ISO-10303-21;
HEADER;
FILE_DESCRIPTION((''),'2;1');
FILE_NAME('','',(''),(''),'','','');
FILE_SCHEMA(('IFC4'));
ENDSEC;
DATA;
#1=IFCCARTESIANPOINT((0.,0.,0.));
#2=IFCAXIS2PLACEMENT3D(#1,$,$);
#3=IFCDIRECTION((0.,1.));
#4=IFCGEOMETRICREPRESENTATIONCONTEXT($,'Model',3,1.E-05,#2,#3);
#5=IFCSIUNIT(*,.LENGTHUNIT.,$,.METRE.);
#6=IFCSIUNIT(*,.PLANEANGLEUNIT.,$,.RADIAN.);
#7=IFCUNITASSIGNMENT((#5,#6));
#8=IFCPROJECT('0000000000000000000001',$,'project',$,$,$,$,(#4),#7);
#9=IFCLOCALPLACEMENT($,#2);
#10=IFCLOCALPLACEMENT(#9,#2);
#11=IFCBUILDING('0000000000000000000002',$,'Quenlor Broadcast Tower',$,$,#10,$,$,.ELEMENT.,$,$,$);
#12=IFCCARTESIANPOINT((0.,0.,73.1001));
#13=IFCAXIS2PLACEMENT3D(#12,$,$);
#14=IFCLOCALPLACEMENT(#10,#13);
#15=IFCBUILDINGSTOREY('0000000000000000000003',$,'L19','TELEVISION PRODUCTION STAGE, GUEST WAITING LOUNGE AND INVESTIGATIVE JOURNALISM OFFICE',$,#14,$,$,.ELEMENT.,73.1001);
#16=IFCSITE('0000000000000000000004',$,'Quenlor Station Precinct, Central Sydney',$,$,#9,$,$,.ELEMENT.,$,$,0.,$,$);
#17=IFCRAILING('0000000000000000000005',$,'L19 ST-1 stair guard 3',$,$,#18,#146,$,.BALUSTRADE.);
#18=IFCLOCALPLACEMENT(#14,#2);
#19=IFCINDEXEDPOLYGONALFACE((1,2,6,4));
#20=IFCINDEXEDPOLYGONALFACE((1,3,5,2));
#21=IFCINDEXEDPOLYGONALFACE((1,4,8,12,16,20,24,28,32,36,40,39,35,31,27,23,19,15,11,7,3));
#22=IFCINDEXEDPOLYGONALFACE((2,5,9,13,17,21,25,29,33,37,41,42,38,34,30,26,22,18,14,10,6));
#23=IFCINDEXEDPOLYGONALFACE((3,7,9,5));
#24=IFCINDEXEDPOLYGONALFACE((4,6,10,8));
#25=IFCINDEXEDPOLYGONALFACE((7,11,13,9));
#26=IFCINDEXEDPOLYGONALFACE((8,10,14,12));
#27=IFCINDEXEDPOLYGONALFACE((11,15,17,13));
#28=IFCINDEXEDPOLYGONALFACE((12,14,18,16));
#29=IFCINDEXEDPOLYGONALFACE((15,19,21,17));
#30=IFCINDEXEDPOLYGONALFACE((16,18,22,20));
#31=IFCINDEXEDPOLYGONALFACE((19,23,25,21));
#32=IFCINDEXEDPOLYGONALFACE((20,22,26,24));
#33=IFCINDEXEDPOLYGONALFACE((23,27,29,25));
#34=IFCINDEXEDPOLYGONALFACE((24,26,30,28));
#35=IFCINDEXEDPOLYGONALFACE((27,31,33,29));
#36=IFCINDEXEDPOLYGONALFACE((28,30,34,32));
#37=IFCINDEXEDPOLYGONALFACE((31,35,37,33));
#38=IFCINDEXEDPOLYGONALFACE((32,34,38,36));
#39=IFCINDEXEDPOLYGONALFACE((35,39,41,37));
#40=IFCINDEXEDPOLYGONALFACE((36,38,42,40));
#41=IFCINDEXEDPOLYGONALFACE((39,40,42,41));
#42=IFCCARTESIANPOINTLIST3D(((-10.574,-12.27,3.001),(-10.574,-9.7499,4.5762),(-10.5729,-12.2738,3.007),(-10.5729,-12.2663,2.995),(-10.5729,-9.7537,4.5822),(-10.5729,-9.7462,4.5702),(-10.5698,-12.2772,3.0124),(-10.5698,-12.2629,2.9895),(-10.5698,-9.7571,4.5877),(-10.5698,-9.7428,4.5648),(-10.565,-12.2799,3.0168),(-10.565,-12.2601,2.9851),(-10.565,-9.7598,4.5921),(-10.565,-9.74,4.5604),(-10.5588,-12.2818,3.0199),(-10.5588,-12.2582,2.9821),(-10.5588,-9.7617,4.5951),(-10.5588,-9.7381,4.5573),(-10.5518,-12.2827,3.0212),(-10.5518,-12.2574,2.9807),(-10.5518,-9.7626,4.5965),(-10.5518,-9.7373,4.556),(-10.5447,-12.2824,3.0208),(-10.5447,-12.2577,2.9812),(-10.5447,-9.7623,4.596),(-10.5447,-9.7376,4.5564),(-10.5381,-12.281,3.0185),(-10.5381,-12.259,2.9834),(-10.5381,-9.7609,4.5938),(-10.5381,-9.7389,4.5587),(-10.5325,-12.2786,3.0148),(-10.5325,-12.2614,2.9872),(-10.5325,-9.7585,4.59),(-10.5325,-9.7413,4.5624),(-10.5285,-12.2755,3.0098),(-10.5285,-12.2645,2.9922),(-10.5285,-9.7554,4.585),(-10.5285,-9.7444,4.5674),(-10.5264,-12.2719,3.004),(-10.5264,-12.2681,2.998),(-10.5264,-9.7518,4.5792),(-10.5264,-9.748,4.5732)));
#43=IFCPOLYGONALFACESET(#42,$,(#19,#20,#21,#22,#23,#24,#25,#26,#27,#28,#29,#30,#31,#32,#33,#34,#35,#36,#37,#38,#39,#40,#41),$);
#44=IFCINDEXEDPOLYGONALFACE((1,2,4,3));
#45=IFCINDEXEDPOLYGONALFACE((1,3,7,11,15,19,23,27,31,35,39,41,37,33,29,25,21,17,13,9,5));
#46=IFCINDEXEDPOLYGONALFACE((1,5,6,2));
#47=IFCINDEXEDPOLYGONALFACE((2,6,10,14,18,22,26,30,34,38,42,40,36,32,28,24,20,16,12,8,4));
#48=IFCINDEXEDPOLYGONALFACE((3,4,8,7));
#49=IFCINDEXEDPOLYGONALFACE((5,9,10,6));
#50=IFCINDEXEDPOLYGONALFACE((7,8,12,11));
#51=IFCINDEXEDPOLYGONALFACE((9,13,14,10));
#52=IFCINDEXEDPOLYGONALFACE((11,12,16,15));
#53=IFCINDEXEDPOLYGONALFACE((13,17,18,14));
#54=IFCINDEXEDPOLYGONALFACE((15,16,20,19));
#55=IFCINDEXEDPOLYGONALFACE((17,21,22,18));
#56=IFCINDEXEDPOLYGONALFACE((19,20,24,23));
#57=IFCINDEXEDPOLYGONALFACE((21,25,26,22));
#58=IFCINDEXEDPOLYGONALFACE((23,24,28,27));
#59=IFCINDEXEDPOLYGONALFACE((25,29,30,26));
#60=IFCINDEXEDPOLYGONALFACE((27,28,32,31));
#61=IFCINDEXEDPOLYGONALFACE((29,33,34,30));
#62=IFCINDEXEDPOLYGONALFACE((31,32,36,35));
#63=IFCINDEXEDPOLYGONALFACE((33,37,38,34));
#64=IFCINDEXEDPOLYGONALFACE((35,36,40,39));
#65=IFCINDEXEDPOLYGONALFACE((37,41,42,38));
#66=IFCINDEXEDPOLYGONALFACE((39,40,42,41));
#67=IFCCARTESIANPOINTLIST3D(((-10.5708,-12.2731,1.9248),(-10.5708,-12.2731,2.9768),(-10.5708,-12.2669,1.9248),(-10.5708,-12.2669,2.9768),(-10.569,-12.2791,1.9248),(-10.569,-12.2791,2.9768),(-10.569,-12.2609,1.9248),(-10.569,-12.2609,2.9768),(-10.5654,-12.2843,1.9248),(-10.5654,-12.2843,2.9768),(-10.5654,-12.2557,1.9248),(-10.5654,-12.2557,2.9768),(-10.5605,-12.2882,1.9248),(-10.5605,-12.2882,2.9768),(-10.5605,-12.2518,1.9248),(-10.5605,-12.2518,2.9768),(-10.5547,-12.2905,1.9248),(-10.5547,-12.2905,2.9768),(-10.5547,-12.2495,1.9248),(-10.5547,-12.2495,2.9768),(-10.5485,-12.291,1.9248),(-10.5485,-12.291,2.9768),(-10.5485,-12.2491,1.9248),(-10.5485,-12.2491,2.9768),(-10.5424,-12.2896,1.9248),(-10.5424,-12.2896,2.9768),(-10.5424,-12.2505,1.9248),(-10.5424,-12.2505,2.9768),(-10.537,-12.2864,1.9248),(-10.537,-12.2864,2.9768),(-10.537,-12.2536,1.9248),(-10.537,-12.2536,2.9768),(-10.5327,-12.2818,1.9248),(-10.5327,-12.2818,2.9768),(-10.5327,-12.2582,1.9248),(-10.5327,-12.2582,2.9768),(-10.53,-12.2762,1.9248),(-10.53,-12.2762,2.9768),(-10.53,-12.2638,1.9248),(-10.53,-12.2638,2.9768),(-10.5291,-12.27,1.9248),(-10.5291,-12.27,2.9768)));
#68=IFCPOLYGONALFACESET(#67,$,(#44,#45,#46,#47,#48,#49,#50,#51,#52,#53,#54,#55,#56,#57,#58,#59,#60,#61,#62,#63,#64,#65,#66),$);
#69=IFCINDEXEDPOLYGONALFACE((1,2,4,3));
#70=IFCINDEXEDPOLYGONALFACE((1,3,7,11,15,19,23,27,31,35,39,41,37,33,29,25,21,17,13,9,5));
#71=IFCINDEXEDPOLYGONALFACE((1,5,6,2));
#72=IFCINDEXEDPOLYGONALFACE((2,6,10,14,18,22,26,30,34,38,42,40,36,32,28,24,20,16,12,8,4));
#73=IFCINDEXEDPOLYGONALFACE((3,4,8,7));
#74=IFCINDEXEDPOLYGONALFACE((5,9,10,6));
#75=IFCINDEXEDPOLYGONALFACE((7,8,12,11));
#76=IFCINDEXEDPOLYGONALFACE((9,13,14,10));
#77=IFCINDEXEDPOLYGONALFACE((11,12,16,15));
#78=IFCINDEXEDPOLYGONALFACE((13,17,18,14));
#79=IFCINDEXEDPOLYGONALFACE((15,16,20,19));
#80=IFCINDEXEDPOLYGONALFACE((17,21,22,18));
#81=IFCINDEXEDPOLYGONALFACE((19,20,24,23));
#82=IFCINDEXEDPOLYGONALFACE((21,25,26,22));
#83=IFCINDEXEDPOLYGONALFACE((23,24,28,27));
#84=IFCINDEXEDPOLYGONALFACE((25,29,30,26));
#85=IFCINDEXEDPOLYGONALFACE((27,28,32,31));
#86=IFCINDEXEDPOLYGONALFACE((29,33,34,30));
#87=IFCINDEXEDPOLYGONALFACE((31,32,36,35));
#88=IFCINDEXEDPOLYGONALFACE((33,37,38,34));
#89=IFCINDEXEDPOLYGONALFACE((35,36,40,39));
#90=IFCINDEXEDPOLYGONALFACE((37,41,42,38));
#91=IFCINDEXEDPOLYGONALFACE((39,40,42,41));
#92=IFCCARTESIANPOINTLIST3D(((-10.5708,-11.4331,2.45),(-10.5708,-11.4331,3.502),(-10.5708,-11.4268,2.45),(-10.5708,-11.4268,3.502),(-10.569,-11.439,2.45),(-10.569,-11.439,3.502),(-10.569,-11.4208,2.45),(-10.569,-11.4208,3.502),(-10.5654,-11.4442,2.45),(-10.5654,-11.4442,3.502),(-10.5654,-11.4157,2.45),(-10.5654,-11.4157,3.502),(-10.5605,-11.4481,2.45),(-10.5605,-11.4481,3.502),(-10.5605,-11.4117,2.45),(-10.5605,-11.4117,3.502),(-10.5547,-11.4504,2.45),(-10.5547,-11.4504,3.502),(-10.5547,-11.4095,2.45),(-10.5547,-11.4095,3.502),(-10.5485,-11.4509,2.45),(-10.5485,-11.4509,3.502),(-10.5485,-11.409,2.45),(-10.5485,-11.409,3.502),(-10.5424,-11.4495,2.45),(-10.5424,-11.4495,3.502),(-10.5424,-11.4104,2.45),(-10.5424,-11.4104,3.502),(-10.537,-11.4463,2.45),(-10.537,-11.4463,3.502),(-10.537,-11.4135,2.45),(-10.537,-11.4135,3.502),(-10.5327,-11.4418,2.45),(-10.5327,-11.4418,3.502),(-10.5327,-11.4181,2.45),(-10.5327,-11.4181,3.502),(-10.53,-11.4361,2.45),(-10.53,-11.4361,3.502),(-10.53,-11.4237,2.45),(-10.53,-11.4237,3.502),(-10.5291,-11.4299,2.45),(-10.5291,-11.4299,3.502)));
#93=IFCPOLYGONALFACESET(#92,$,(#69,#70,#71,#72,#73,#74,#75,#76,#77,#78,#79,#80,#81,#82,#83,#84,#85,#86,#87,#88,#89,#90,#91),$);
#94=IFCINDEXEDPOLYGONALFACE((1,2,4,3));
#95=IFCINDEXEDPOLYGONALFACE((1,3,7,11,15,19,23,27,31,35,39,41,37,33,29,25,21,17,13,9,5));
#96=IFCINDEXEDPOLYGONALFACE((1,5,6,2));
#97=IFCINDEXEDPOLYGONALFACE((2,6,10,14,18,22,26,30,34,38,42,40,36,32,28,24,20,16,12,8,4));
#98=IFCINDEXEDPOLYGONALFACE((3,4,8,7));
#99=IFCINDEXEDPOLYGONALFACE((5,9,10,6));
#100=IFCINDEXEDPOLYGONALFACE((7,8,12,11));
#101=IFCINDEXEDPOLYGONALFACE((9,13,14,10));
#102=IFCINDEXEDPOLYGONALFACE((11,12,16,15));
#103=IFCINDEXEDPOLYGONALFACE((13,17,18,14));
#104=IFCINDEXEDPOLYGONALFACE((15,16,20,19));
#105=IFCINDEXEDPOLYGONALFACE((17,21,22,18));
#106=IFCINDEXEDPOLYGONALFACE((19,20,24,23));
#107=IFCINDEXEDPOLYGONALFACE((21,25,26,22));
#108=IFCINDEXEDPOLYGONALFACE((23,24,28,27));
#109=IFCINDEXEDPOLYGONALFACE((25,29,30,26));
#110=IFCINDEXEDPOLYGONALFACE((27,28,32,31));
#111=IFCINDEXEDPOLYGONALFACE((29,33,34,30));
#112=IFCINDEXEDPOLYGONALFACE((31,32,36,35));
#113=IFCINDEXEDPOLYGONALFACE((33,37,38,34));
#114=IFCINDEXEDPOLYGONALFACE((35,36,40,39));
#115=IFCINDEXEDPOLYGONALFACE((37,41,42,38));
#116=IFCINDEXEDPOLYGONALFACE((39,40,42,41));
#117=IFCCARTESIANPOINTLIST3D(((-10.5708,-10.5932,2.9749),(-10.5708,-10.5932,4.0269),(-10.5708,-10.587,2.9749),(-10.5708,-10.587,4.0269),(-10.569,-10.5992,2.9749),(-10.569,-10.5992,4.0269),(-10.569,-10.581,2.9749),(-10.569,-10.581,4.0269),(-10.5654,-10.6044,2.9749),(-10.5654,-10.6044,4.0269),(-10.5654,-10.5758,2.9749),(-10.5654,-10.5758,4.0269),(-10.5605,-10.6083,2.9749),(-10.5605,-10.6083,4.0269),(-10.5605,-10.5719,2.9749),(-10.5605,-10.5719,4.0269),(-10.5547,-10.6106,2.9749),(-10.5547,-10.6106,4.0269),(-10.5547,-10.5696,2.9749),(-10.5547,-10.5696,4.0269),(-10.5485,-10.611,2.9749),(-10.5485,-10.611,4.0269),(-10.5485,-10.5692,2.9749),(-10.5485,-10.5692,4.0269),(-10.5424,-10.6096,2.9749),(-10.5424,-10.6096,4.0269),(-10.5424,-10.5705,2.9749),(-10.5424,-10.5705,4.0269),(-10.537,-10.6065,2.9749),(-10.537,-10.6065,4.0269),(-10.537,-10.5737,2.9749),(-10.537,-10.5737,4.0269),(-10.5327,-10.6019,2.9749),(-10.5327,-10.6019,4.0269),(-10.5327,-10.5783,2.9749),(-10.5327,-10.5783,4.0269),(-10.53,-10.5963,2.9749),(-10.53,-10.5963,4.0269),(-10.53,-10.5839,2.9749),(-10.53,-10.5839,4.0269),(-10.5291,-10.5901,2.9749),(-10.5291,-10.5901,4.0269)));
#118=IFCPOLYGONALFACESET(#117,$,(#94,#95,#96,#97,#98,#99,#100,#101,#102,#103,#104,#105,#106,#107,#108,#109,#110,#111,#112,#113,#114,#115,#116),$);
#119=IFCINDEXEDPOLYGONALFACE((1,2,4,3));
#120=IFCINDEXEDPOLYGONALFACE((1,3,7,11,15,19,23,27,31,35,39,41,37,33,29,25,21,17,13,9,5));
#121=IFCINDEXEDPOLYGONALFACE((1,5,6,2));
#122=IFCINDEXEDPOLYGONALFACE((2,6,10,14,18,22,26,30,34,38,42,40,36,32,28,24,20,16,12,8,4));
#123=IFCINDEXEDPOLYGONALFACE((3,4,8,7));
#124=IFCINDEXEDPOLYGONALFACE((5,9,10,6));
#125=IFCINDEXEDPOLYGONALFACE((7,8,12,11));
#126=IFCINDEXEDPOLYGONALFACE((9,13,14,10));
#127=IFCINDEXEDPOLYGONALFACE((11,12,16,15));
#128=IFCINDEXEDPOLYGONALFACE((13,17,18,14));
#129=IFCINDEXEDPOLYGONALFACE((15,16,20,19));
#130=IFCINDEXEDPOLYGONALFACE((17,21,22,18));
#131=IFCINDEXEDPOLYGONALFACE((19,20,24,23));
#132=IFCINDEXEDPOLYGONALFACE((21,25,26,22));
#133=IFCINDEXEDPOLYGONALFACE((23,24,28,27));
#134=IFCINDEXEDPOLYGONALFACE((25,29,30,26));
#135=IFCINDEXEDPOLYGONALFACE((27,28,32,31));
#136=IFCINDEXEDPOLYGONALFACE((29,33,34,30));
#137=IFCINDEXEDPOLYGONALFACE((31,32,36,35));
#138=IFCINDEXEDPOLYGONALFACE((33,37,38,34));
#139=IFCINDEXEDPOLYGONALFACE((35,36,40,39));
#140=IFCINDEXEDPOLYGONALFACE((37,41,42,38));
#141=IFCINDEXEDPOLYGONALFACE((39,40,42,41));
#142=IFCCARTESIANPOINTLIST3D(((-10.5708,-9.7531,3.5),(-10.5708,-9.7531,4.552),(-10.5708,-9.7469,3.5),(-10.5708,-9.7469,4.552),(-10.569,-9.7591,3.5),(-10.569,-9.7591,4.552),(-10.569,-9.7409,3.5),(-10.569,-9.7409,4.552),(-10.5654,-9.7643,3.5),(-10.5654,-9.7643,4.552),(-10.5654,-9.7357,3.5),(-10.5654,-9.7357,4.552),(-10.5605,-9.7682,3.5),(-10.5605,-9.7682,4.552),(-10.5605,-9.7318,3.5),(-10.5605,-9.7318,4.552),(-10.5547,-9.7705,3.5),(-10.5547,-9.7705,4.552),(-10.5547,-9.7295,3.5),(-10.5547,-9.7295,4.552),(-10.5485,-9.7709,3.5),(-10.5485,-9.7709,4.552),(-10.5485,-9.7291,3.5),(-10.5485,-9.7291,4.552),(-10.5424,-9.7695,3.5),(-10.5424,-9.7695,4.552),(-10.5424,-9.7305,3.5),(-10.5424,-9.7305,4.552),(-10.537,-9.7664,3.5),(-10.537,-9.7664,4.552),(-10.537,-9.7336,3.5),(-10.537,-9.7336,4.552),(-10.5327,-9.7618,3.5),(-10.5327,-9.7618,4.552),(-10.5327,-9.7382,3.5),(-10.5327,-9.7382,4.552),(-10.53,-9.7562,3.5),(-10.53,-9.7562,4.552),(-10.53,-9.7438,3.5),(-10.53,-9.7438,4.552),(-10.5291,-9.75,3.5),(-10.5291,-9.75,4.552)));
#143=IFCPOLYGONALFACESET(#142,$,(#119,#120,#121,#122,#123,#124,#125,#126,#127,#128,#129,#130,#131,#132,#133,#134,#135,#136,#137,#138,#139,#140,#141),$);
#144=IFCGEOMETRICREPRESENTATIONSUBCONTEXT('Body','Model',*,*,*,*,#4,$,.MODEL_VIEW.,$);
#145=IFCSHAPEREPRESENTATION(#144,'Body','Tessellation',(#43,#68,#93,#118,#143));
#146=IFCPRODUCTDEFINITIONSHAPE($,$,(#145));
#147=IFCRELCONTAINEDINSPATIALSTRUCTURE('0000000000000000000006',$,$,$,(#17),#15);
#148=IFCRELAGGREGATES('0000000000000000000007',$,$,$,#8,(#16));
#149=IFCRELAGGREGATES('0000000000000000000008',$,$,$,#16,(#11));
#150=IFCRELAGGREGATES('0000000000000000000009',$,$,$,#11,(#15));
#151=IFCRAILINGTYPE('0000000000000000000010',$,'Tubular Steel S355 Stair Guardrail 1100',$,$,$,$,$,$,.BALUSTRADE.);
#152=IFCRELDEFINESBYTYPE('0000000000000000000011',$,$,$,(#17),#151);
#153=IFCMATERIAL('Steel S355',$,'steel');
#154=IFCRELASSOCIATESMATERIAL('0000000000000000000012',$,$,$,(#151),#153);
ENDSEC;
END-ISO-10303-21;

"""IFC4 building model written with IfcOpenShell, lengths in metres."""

from ifc_helpers import new_model, si_unit, direction, frame, origin, origin_2d, place, context, subcontext, project, spatial, circle, extrude, material, type_object, element, save


model = new_model("IFC4")

# Units and contexts
model_context = context("Model", 3, precision=1e-05, world=origin(), true_north=direction((0.0, 1.0)))
body_context = subcontext(model_context, "Body", "Model", "MODEL_VIEW")
ifc_project = project(units=[si_unit("LENGTHUNIT", "METRE"), si_unit("PLANEANGLEUNIT", "RADIAN")], contexts=[model_context])

# Site, building, storey
site_placement = place(None, origin())
site = spatial("IfcSite", under=ifc_project, at=site_placement, Name="Quenlor Station Precinct, Central Sydney", CompositionType="ELEMENT", RefElevation=0.0)
building_placement = place(site_placement, origin())
building = spatial("IfcBuilding", under=site, at=building_placement, Name="Quenlor Broadcast Tower", CompositionType="ELEMENT")
storey_placement = place(building_placement, frame((0.0, 0.0, 73.1001)))
storey = spatial("IfcBuildingStorey", under=building, at=storey_placement, Name="L19", Description="TELEVISION PRODUCTION STAGE, GUEST WAITING LOUNGE AND INVESTIGATIVE JOURNALISM OFFICE", CompositionType="ELEMENT", Elevation=73.1001)

# Railing
ifc_material_1 = material(Name="Steel S355", Category="steel")
railing_type_1 = type_object("IfcRailingType", Name="Tubular Steel S355 Stair Guardrail 1100", PredefinedType="BALUSTRADE", material=ifc_material_1)
railing_1_placement = place(storey_placement, frame((-10.55, -12.27, 1.9248)))
element("IfcRailing", 1, at=railing_1_placement, inside=storey, type_object=railing_type_1, Name="L19 ST-1 stair guard 3", PredefinedType="BALUSTRADE", context=body_context, shape_type="SweptSolid", body=[
    extrude(circle(Radius=0.0239, at=origin_2d()), frame((0.0, 0.0, 1.0762), z_axis=(0.0, 0.847971, 0.530043), x_axis=(-1.0, 0.0, 0.0)), (0.0, 0.0, 1.0), 2.9719),
    extrude(circle(Radius=0.021, at=origin_2d()), origin(), (0.0, 0.0, 1.0), 1.052),
    extrude(circle(Radius=0.021, at=origin_2d()), frame((0.0, 0.8401, 0.5251)), (0.0, 0.0, 1.0), 1.052),
    extrude(circle(Radius=0.021, at=origin_2d()), frame((0.0, 1.6799, 1.05)), (0.0, 0.0, 1.0), 1.052),
    extrude(circle(Radius=0.021, at=origin_2d()), frame((0.0, 2.52, 1.5752)), (0.0, 0.0, 1.0), 1.052),
])

save(model, "model.ifc")
